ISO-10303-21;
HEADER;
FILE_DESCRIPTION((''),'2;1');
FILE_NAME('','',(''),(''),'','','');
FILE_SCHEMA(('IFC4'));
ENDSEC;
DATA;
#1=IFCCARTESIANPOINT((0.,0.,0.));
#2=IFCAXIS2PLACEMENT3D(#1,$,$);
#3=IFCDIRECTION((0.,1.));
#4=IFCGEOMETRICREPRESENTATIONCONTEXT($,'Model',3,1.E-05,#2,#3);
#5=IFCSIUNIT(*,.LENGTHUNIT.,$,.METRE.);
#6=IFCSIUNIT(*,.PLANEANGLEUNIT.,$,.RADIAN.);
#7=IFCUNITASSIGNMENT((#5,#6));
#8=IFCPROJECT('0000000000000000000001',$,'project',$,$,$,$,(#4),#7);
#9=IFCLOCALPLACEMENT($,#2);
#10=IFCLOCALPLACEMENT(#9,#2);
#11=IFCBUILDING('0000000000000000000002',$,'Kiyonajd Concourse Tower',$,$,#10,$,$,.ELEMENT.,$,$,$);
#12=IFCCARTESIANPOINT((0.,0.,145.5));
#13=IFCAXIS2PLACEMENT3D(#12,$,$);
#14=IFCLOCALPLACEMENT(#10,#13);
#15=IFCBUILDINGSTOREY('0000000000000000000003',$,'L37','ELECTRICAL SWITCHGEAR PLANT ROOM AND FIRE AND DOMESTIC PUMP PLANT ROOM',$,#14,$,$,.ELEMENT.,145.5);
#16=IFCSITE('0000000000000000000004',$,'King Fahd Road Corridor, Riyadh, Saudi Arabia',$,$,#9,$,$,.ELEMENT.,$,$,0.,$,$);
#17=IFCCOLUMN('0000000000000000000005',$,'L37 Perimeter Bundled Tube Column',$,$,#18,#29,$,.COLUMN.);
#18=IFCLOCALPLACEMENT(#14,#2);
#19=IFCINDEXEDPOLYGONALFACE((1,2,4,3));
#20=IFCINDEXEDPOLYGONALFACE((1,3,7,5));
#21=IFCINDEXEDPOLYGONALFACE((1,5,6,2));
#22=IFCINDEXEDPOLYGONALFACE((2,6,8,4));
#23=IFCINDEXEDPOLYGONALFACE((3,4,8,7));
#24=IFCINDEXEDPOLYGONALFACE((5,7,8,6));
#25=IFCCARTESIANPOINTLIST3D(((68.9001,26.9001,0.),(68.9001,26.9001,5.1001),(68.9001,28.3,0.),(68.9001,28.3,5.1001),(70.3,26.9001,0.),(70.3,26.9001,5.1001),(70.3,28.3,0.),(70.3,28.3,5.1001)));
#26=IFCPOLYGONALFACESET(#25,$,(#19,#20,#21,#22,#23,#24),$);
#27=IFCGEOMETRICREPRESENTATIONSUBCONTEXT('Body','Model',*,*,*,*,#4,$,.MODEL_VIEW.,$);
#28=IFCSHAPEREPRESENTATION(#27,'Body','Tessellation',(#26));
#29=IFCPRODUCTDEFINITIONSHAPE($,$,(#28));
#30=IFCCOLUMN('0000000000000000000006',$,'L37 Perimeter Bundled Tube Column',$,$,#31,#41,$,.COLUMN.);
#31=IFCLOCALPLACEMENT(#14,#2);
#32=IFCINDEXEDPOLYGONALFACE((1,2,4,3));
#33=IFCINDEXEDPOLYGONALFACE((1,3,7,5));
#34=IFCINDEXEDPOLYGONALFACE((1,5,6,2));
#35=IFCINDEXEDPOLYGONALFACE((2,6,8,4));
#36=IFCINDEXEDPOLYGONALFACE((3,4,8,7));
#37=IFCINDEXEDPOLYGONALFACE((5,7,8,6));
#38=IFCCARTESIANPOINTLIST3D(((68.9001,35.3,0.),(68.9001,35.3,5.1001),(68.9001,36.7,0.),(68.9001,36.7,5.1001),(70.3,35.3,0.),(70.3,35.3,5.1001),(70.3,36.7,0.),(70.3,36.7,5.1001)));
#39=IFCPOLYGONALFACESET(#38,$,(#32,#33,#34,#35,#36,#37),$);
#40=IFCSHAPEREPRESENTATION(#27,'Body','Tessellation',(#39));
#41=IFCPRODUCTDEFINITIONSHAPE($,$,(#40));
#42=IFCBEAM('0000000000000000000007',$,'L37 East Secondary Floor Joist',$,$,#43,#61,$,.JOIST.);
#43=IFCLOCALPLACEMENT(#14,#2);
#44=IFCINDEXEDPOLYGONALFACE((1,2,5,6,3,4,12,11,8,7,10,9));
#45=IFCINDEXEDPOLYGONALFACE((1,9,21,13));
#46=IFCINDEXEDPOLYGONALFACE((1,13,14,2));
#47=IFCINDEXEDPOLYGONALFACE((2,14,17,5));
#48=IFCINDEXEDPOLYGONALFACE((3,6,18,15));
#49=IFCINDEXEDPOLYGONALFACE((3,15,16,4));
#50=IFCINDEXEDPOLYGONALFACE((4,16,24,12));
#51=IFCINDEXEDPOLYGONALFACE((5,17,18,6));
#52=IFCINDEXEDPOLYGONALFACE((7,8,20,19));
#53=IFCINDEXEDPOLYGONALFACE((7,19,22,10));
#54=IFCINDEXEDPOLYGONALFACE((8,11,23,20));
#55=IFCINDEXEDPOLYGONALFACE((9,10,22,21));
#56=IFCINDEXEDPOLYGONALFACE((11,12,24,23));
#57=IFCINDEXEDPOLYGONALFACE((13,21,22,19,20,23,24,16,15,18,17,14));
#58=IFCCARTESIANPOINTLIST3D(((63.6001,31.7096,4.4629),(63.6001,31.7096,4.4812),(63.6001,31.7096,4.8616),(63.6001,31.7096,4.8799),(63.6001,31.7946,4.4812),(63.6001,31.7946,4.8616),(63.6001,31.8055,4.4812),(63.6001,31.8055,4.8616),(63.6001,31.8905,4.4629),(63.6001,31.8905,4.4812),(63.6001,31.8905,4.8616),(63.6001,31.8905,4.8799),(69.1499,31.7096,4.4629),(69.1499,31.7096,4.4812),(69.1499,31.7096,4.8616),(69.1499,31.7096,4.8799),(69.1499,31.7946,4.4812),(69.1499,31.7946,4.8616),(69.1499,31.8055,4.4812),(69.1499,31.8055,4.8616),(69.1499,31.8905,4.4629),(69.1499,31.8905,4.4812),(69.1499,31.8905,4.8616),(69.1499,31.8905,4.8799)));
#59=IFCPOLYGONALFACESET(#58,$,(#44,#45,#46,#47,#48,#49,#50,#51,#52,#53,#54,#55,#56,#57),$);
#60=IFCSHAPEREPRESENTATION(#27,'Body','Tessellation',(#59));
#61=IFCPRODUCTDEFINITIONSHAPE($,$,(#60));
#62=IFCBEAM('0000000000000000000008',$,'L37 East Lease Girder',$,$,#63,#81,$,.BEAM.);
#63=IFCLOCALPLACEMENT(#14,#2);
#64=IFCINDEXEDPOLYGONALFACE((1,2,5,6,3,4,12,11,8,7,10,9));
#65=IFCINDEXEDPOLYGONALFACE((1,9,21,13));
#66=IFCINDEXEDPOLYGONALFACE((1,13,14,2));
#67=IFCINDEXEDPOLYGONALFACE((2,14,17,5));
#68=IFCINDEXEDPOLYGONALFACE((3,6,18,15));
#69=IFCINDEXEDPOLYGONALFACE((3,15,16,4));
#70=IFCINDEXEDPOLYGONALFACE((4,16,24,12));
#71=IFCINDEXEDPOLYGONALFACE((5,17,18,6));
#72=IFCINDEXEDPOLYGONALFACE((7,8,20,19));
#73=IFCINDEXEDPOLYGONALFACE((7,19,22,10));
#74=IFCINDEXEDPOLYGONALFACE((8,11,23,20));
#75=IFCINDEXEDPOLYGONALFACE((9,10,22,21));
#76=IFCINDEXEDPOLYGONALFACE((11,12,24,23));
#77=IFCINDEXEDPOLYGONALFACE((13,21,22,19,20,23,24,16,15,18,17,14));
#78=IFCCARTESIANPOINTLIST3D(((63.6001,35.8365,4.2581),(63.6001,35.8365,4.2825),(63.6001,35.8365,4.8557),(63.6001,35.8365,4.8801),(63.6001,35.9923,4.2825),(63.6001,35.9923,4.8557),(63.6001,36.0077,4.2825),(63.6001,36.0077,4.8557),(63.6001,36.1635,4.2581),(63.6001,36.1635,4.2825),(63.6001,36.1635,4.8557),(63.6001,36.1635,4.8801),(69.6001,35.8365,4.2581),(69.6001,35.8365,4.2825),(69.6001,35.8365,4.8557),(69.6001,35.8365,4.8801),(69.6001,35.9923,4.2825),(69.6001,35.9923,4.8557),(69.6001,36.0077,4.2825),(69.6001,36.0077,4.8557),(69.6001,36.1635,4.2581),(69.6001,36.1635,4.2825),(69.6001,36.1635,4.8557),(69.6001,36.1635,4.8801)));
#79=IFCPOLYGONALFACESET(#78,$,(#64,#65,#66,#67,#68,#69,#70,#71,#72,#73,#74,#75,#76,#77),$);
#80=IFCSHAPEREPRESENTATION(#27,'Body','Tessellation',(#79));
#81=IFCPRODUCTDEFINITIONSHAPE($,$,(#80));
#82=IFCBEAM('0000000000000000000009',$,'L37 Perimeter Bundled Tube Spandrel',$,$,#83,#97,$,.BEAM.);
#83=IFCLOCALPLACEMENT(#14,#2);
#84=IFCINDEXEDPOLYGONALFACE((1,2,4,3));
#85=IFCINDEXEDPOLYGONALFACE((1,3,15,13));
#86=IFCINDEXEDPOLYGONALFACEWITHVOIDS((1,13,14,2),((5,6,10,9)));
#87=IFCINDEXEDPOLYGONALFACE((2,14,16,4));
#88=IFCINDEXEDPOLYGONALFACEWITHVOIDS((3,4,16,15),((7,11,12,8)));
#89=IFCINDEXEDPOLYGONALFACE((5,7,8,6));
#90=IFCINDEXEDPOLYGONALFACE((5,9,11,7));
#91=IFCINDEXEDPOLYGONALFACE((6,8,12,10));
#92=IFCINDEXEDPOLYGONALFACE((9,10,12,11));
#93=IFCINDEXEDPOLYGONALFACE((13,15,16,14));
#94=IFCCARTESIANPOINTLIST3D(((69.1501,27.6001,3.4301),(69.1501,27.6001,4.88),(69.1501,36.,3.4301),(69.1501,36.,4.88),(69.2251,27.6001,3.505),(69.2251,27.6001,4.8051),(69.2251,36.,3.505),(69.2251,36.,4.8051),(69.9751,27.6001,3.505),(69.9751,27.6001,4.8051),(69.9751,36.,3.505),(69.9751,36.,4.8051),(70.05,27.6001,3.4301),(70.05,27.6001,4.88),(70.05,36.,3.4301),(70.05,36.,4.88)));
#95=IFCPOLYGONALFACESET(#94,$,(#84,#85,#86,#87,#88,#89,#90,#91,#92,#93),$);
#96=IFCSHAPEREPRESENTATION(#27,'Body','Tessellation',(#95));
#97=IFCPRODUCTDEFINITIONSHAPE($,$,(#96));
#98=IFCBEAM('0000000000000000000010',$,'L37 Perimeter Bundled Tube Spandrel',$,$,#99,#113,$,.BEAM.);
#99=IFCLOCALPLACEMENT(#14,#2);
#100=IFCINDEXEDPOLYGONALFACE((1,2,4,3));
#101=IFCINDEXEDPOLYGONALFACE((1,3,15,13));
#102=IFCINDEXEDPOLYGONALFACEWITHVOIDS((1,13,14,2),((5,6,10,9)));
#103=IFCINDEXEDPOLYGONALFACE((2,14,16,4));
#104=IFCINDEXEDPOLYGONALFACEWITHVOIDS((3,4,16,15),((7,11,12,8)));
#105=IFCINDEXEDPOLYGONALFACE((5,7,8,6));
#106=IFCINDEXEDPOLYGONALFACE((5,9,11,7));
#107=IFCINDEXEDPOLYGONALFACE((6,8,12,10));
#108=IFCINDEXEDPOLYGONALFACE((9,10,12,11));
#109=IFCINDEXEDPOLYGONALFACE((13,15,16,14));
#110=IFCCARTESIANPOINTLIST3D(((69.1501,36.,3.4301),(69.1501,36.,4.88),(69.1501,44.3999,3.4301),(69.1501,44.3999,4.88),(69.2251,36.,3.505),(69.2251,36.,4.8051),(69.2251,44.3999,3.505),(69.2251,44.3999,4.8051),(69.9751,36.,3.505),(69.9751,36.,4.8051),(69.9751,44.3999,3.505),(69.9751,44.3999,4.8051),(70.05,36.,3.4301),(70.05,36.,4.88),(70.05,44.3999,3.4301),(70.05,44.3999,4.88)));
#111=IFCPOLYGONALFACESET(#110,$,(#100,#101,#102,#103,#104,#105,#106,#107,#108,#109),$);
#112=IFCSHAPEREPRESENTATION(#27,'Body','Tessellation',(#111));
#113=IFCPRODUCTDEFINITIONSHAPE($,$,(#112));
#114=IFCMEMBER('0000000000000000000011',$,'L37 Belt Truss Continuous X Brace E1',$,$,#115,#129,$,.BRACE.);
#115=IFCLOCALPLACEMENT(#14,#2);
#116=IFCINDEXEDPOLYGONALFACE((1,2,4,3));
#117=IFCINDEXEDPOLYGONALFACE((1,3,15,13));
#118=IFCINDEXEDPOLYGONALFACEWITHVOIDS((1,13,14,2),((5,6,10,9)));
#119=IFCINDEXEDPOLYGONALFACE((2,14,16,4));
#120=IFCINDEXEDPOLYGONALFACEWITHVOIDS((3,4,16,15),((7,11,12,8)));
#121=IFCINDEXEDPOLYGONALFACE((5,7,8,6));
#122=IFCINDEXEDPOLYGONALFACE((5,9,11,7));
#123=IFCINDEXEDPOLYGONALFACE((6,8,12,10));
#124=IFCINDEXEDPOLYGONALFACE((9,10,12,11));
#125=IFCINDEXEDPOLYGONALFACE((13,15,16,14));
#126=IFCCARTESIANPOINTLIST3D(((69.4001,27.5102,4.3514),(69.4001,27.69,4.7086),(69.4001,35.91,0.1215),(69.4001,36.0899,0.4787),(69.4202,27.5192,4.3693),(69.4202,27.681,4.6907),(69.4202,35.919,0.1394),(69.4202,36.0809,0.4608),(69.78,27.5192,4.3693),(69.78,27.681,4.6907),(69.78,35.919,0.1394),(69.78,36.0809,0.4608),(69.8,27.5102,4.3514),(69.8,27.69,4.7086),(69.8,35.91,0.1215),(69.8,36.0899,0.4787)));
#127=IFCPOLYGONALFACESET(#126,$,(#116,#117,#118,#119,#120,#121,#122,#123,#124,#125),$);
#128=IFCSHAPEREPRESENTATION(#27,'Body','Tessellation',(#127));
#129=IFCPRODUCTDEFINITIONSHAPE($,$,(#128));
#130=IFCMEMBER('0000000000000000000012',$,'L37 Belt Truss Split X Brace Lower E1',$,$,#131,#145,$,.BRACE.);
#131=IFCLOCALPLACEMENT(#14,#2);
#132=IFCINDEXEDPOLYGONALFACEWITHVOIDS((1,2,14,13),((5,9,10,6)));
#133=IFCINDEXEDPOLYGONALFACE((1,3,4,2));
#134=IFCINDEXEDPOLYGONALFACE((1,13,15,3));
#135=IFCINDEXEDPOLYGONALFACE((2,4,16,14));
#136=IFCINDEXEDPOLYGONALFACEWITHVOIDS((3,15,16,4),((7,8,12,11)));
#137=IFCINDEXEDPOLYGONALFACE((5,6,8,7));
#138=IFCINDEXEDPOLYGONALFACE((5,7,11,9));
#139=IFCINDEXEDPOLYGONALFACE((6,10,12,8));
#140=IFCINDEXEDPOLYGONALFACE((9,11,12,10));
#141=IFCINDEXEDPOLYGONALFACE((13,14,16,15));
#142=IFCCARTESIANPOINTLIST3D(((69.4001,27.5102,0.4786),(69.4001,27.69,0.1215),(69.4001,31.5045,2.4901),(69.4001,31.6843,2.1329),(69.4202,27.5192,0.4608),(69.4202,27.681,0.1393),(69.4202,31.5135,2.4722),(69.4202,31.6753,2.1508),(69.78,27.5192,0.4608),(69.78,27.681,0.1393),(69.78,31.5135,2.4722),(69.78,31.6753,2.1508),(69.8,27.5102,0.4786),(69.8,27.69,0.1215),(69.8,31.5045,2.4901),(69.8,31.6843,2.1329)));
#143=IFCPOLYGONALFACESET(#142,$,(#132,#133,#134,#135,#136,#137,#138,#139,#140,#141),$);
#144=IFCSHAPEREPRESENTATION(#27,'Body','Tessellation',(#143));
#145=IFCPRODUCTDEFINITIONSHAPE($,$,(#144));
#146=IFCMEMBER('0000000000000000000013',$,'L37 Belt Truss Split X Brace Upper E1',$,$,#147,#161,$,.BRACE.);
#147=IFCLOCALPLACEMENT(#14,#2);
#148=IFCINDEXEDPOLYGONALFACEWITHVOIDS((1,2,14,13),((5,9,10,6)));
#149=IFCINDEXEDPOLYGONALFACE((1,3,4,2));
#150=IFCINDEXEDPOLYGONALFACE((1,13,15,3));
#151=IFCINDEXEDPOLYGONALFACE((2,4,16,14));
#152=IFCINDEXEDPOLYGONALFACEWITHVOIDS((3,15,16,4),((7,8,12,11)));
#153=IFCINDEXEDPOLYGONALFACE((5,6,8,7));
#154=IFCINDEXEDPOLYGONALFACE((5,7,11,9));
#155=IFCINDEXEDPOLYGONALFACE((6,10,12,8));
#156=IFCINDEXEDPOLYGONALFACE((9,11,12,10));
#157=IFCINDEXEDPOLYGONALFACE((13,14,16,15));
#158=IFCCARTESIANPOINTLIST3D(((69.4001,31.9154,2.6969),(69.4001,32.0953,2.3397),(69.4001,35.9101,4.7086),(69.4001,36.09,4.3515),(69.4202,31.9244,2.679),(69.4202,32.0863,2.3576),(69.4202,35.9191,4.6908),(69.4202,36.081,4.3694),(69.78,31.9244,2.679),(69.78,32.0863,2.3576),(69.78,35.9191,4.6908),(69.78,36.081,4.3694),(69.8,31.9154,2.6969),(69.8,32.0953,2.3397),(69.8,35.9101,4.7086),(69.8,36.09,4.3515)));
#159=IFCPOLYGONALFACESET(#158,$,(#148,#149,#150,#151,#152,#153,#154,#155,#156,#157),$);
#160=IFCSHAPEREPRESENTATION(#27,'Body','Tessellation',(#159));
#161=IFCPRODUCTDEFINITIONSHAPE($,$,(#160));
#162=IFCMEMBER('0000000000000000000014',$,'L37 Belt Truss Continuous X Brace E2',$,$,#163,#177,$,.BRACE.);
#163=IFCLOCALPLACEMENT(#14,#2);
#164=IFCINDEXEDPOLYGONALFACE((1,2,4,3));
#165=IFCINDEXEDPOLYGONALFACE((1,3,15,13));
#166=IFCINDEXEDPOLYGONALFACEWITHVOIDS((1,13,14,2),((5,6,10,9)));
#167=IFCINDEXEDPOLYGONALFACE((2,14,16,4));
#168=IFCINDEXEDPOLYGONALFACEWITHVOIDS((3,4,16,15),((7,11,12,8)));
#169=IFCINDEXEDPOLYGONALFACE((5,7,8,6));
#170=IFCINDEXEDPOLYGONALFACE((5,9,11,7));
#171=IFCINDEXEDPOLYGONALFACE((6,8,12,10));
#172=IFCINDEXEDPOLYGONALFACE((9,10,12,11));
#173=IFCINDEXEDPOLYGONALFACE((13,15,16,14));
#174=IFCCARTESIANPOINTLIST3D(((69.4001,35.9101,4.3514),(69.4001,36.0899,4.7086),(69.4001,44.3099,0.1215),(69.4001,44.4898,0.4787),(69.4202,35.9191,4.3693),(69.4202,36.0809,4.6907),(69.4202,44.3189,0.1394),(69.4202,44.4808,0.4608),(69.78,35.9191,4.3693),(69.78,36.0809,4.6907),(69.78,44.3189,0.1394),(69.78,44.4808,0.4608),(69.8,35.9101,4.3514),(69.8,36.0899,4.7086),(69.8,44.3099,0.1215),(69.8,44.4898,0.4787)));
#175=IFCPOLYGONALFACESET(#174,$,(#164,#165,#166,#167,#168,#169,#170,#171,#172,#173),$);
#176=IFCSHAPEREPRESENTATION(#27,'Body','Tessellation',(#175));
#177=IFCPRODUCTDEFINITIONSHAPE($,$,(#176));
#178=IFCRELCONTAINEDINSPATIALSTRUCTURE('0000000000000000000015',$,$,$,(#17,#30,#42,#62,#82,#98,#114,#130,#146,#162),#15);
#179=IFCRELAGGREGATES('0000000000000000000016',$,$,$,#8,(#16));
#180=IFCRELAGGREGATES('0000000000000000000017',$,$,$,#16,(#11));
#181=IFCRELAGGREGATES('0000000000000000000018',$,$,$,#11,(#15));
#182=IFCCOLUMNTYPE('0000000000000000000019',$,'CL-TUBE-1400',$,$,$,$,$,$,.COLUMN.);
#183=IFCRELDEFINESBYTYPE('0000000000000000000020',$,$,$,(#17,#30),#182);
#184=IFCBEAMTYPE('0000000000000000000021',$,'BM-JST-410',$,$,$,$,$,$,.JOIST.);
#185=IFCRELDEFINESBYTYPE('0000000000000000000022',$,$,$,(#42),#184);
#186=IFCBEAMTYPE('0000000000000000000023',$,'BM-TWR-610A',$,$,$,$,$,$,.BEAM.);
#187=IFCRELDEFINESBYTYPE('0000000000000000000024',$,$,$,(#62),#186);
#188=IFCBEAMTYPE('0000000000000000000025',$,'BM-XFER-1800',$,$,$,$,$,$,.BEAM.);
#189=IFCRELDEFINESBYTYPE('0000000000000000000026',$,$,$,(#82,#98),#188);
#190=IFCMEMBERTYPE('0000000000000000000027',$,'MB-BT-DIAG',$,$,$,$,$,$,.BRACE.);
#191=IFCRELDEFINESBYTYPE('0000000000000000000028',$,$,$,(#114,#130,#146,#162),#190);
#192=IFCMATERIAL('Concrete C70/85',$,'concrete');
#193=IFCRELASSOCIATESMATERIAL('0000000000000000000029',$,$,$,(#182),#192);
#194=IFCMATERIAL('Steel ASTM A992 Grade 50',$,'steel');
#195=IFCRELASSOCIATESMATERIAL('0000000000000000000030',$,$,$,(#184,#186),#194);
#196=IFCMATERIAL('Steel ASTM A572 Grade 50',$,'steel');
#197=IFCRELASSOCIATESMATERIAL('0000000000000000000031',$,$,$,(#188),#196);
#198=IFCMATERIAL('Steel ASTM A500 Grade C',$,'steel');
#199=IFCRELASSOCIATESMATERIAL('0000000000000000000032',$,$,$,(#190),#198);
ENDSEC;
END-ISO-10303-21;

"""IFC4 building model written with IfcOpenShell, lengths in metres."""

from ifc_helpers import new_model, si_unit, direction, frame, origin, origin_2d, place, context, subcontext, project, spatial, rectangle, hollow_rectangle, i_section, extrude, material, material_profile, profile_set, type_object, element, save


model = new_model("IFC4")

# Units and contexts
model_context = context("Model", 3, precision=1e-05, world=origin(), true_north=direction((0.0, 1.0)))
body_context = subcontext(model_context, "Body", "Model", "MODEL_VIEW")
ifc_project = project(units=[si_unit("LENGTHUNIT", "METRE"), si_unit("PLANEANGLEUNIT", "RADIAN")], contexts=[model_context])

# Site, building, storey
site_placement = place(None, origin())
site = spatial("IfcSite", under=ifc_project, at=site_placement, Name="King Fahd Road Corridor, Riyadh, Saudi Arabia", CompositionType="ELEMENT", RefElevation=0.0)
building_placement = place(site_placement, origin())
building = spatial("IfcBuilding", under=site, at=building_placement, Name="Kiyonajd Concourse Tower", CompositionType="ELEMENT")
storey_placement = place(building_placement, frame((0.0, 0.0, 145.5)))
storey = spatial("IfcBuildingStorey", under=building, at=storey_placement, Name="L37", Description="ELECTRICAL SWITCHGEAR PLANT ROOM AND FIRE AND DOMESTIC PUMP PLANT ROOM", CompositionType="ELEMENT", Elevation=145.5)

# Columns
ifc_material_1 = material(Name="Concrete C70/85", Category="concrete")
ifc_material_profile_1 = material_profile(ifc_material_1, rectangle(XDim=1.3999, YDim=1.3999, at=origin_2d()), Name="RC-1400x1400")
ifc_profile_set_1 = profile_set([ifc_material_profile_1], Name="Concrete C70/85")
column_type = type_object("IfcColumnType", Name="CL-TUBE-1400", PredefinedType="COLUMN", material=ifc_profile_set_1)
for number, where, z_axis, x_axis, name in (
    (1, (69.6001, 27.6001, 0.0), (0.0, 0.0, 1.0), (1.0, 0.0, 0.0), "L37 Perimeter Bundled Tube Column"),
    (2, (69.6001, 36.0, 0.0), (0.0, 0.0, 1.0), (1.0, 0.0, 0.0), "L37 Perimeter Bundled Tube Column"),
):
    element("IfcColumn", number, at=place(storey_placement, frame(where, z_axis=z_axis, x_axis=x_axis)), inside=storey, type_object=column_type, Name=name, PredefinedType="COLUMN", context=body_context, shape_type="SweptSolid", body=[
        extrude(rectangle(XDim=1.3999, YDim=1.3999, at=origin_2d()), origin(), (0.0, 0.0, 1.0), 5.1001),
    ])

# Beams
ifc_material_2 = material(Name="Steel ASTM A992 Grade 50", Category="steel")
ifc_material_profile_2 = material_profile(ifc_material_2, i_section(OverallWidth=0.1809, OverallDepth=0.417, WebThickness=0.011, FlangeThickness=0.0183, at=origin_2d()), Name="W410X85")
ifc_profile_set_2 = profile_set([ifc_material_profile_2], Name="Steel ASTM A992 Grade 50")
beam_type_1 = type_object("IfcBeamType", Name="BM-JST-410", PredefinedType="JOIST", material=ifc_profile_set_2)
beam_1_placement = place(storey_placement, frame((63.6001, 31.8, 4.6714), z_axis=(1.0, 0.0, 0.0), x_axis=(0.0, 1.0, 0.0)))
element("IfcBeam", 3, at=beam_1_placement, inside=storey, type_object=beam_type_1, Name="L37 East Secondary Floor Joist", PredefinedType="JOIST", context=body_context, shape_type="SweptSolid", body=[
    extrude(i_section(OverallWidth=0.1809, OverallDepth=0.417, WebThickness=0.011, FlangeThickness=0.0183, at=origin_2d()), origin(), (0.0, 0.0, 1.0), 5.5498),
])
ifc_material_profile_3 = material_profile(ifc_material_2, i_section(OverallWidth=0.3269, OverallDepth=0.6221, WebThickness=0.0154, FlangeThickness=0.0244, at=origin_2d()), Name="W610X195")
ifc_profile_set_3 = profile_set([ifc_material_profile_3], Name="Steel ASTM A992 Grade 50")
beam_type_2 = type_object("IfcBeamType", Name="BM-TWR-610A", PredefinedType="BEAM", material=ifc_profile_set_3)
beam_2_placement = place(storey_placement, frame((63.6001, 36.0, 4.5691), z_axis=(1.0, 0.0, 0.0), x_axis=(0.0, 1.0, 0.0)))
element("IfcBeam", 4, at=beam_2_placement, inside=storey, type_object=beam_type_2, Name="L37 East Lease Girder", PredefinedType="BEAM", context=body_context, shape_type="SweptSolid", body=[
    extrude(i_section(OverallWidth=0.3269, OverallDepth=0.6221, WebThickness=0.0154, FlangeThickness=0.0244, at=origin_2d()), origin(), (0.0, 0.0, 1.0), 6.0),
])
ifc_material_3 = material(Name="Steel ASTM A572 Grade 50", Category="steel")
ifc_material_profile_4 = material_profile(ifc_material_3, hollow_rectangle(XDim=0.8999, YDim=1.45, WallThickness=0.075, at=origin_2d()), Name="BOX-1450x900x75")
ifc_profile_set_4 = profile_set([ifc_material_profile_4], Name="Steel ASTM A572 Grade 50")
beam_type_3 = type_object("IfcBeamType", Name="BM-XFER-1800", PredefinedType="BEAM", material=ifc_profile_set_4)
for number, where, z_axis, x_axis, name in (
    (5, (69.6001, 27.6001, 4.155), (0.0, 1.0, 0.0), (-1.0, 0.0, 0.0), "L37 Perimeter Bundled Tube Spandrel"),
    (6, (69.6001, 36.0, 4.155), (0.0, 1.0, 0.0), (-1.0, 0.0, 0.0), "L37 Perimeter Bundled Tube Spandrel"),
):
    element("IfcBeam", number, at=place(storey_placement, frame(where, z_axis=z_axis, x_axis=x_axis)), inside=storey, type_object=beam_type_3, Name=name, PredefinedType="BEAM", context=body_context, shape_type="SweptSolid", body=[
        extrude(hollow_rectangle(XDim=0.8999, YDim=1.45, WallThickness=0.075, at=origin_2d()), origin(), (0.0, 0.0, 1.0), 8.3999),
    ])

# Members
ifc_material_4 = material(Name="Steel ASTM A500 Grade C", Category="steel")
ifc_material_profile_5 = material_profile(ifc_material_4, hollow_rectangle(XDim=0.3999, YDim=0.3999, WallThickness=0.02, at=origin_2d()), Name="HSS-400x400x20")
ifc_profile_set_5 = profile_set([ifc_material_profile_5], Name="Steel ASTM A500 Grade C")
member_type = type_object("IfcMemberType", Name="MB-BT-DIAG", PredefinedType="BRACE", material=ifc_profile_set_5)
member_1_placement = place(storey_placement, frame((69.6001, 27.6001, 4.53), z_axis=(0.0, 0.893146, -0.449766), x_axis=(-1.0, 0.0, 0.0)))
element("IfcMember", 7, at=member_1_placement, inside=storey, type_object=member_type, Name="L37 Belt Truss Continuous X Brace E1", PredefinedType="BRACE", context=body_context, shape_type="SweptSolid", body=[
    extrude(hollow_rectangle(XDim=0.3999, YDim=0.3999, WallThickness=0.02, at=origin_2d()), origin(), (0.0, 0.0, 1.0), 9.4048),
])
member_2_placement = place(storey_placement, frame((69.6001, 27.6001, 0.3), z_axis=(0.0, 0.893146, 0.449767), x_axis=(-1.0, 0.0, 0.0)))
element("IfcMember", 8, at=member_2_placement, inside=storey, type_object=member_type, Name="L37 Belt Truss Split X Brace Lower E1", PredefinedType="BRACE", context=body_context, shape_type="SweptSolid", body=[
    extrude(hollow_rectangle(XDim=0.3999, YDim=0.3999, WallThickness=0.02, at=origin_2d()), origin(), (0.0, 0.0, 1.0), 4.4722),
])
member_3_placement = place(storey_placement, frame((69.6001, 32.0054, 2.5183), z_axis=(0.0, 0.893135, 0.449788), x_axis=(-1.0, 0.0, 0.0)))
element("IfcMember", 9, at=member_3_placement, inside=storey, type_object=member_type, Name="L37 Belt Truss Split X Brace Upper E1", PredefinedType="BRACE", context=body_context, shape_type="SweptSolid", body=[
    extrude(hollow_rectangle(XDim=0.3999, YDim=0.3999, WallThickness=0.02, at=origin_2d()), origin(), (0.0, 0.0, 1.0), 4.4727),
])
member_4_placement = place(storey_placement, frame((69.6001, 36.0, 4.53), z_axis=(0.0, 0.893146, -0.449766), x_axis=(-1.0, 0.0, 0.0)))
element("IfcMember", 10, at=member_4_placement, inside=storey, type_object=member_type, Name="L37 Belt Truss Continuous X Brace E2", PredefinedType="BRACE", context=body_context, shape_type="SweptSolid", body=[
    extrude(hollow_rectangle(XDim=0.3999, YDim=0.3999, WallThickness=0.02, at=origin_2d()), origin(), (0.0, 0.0, 1.0), 9.4048),
])

save(model, "model.ifc")
